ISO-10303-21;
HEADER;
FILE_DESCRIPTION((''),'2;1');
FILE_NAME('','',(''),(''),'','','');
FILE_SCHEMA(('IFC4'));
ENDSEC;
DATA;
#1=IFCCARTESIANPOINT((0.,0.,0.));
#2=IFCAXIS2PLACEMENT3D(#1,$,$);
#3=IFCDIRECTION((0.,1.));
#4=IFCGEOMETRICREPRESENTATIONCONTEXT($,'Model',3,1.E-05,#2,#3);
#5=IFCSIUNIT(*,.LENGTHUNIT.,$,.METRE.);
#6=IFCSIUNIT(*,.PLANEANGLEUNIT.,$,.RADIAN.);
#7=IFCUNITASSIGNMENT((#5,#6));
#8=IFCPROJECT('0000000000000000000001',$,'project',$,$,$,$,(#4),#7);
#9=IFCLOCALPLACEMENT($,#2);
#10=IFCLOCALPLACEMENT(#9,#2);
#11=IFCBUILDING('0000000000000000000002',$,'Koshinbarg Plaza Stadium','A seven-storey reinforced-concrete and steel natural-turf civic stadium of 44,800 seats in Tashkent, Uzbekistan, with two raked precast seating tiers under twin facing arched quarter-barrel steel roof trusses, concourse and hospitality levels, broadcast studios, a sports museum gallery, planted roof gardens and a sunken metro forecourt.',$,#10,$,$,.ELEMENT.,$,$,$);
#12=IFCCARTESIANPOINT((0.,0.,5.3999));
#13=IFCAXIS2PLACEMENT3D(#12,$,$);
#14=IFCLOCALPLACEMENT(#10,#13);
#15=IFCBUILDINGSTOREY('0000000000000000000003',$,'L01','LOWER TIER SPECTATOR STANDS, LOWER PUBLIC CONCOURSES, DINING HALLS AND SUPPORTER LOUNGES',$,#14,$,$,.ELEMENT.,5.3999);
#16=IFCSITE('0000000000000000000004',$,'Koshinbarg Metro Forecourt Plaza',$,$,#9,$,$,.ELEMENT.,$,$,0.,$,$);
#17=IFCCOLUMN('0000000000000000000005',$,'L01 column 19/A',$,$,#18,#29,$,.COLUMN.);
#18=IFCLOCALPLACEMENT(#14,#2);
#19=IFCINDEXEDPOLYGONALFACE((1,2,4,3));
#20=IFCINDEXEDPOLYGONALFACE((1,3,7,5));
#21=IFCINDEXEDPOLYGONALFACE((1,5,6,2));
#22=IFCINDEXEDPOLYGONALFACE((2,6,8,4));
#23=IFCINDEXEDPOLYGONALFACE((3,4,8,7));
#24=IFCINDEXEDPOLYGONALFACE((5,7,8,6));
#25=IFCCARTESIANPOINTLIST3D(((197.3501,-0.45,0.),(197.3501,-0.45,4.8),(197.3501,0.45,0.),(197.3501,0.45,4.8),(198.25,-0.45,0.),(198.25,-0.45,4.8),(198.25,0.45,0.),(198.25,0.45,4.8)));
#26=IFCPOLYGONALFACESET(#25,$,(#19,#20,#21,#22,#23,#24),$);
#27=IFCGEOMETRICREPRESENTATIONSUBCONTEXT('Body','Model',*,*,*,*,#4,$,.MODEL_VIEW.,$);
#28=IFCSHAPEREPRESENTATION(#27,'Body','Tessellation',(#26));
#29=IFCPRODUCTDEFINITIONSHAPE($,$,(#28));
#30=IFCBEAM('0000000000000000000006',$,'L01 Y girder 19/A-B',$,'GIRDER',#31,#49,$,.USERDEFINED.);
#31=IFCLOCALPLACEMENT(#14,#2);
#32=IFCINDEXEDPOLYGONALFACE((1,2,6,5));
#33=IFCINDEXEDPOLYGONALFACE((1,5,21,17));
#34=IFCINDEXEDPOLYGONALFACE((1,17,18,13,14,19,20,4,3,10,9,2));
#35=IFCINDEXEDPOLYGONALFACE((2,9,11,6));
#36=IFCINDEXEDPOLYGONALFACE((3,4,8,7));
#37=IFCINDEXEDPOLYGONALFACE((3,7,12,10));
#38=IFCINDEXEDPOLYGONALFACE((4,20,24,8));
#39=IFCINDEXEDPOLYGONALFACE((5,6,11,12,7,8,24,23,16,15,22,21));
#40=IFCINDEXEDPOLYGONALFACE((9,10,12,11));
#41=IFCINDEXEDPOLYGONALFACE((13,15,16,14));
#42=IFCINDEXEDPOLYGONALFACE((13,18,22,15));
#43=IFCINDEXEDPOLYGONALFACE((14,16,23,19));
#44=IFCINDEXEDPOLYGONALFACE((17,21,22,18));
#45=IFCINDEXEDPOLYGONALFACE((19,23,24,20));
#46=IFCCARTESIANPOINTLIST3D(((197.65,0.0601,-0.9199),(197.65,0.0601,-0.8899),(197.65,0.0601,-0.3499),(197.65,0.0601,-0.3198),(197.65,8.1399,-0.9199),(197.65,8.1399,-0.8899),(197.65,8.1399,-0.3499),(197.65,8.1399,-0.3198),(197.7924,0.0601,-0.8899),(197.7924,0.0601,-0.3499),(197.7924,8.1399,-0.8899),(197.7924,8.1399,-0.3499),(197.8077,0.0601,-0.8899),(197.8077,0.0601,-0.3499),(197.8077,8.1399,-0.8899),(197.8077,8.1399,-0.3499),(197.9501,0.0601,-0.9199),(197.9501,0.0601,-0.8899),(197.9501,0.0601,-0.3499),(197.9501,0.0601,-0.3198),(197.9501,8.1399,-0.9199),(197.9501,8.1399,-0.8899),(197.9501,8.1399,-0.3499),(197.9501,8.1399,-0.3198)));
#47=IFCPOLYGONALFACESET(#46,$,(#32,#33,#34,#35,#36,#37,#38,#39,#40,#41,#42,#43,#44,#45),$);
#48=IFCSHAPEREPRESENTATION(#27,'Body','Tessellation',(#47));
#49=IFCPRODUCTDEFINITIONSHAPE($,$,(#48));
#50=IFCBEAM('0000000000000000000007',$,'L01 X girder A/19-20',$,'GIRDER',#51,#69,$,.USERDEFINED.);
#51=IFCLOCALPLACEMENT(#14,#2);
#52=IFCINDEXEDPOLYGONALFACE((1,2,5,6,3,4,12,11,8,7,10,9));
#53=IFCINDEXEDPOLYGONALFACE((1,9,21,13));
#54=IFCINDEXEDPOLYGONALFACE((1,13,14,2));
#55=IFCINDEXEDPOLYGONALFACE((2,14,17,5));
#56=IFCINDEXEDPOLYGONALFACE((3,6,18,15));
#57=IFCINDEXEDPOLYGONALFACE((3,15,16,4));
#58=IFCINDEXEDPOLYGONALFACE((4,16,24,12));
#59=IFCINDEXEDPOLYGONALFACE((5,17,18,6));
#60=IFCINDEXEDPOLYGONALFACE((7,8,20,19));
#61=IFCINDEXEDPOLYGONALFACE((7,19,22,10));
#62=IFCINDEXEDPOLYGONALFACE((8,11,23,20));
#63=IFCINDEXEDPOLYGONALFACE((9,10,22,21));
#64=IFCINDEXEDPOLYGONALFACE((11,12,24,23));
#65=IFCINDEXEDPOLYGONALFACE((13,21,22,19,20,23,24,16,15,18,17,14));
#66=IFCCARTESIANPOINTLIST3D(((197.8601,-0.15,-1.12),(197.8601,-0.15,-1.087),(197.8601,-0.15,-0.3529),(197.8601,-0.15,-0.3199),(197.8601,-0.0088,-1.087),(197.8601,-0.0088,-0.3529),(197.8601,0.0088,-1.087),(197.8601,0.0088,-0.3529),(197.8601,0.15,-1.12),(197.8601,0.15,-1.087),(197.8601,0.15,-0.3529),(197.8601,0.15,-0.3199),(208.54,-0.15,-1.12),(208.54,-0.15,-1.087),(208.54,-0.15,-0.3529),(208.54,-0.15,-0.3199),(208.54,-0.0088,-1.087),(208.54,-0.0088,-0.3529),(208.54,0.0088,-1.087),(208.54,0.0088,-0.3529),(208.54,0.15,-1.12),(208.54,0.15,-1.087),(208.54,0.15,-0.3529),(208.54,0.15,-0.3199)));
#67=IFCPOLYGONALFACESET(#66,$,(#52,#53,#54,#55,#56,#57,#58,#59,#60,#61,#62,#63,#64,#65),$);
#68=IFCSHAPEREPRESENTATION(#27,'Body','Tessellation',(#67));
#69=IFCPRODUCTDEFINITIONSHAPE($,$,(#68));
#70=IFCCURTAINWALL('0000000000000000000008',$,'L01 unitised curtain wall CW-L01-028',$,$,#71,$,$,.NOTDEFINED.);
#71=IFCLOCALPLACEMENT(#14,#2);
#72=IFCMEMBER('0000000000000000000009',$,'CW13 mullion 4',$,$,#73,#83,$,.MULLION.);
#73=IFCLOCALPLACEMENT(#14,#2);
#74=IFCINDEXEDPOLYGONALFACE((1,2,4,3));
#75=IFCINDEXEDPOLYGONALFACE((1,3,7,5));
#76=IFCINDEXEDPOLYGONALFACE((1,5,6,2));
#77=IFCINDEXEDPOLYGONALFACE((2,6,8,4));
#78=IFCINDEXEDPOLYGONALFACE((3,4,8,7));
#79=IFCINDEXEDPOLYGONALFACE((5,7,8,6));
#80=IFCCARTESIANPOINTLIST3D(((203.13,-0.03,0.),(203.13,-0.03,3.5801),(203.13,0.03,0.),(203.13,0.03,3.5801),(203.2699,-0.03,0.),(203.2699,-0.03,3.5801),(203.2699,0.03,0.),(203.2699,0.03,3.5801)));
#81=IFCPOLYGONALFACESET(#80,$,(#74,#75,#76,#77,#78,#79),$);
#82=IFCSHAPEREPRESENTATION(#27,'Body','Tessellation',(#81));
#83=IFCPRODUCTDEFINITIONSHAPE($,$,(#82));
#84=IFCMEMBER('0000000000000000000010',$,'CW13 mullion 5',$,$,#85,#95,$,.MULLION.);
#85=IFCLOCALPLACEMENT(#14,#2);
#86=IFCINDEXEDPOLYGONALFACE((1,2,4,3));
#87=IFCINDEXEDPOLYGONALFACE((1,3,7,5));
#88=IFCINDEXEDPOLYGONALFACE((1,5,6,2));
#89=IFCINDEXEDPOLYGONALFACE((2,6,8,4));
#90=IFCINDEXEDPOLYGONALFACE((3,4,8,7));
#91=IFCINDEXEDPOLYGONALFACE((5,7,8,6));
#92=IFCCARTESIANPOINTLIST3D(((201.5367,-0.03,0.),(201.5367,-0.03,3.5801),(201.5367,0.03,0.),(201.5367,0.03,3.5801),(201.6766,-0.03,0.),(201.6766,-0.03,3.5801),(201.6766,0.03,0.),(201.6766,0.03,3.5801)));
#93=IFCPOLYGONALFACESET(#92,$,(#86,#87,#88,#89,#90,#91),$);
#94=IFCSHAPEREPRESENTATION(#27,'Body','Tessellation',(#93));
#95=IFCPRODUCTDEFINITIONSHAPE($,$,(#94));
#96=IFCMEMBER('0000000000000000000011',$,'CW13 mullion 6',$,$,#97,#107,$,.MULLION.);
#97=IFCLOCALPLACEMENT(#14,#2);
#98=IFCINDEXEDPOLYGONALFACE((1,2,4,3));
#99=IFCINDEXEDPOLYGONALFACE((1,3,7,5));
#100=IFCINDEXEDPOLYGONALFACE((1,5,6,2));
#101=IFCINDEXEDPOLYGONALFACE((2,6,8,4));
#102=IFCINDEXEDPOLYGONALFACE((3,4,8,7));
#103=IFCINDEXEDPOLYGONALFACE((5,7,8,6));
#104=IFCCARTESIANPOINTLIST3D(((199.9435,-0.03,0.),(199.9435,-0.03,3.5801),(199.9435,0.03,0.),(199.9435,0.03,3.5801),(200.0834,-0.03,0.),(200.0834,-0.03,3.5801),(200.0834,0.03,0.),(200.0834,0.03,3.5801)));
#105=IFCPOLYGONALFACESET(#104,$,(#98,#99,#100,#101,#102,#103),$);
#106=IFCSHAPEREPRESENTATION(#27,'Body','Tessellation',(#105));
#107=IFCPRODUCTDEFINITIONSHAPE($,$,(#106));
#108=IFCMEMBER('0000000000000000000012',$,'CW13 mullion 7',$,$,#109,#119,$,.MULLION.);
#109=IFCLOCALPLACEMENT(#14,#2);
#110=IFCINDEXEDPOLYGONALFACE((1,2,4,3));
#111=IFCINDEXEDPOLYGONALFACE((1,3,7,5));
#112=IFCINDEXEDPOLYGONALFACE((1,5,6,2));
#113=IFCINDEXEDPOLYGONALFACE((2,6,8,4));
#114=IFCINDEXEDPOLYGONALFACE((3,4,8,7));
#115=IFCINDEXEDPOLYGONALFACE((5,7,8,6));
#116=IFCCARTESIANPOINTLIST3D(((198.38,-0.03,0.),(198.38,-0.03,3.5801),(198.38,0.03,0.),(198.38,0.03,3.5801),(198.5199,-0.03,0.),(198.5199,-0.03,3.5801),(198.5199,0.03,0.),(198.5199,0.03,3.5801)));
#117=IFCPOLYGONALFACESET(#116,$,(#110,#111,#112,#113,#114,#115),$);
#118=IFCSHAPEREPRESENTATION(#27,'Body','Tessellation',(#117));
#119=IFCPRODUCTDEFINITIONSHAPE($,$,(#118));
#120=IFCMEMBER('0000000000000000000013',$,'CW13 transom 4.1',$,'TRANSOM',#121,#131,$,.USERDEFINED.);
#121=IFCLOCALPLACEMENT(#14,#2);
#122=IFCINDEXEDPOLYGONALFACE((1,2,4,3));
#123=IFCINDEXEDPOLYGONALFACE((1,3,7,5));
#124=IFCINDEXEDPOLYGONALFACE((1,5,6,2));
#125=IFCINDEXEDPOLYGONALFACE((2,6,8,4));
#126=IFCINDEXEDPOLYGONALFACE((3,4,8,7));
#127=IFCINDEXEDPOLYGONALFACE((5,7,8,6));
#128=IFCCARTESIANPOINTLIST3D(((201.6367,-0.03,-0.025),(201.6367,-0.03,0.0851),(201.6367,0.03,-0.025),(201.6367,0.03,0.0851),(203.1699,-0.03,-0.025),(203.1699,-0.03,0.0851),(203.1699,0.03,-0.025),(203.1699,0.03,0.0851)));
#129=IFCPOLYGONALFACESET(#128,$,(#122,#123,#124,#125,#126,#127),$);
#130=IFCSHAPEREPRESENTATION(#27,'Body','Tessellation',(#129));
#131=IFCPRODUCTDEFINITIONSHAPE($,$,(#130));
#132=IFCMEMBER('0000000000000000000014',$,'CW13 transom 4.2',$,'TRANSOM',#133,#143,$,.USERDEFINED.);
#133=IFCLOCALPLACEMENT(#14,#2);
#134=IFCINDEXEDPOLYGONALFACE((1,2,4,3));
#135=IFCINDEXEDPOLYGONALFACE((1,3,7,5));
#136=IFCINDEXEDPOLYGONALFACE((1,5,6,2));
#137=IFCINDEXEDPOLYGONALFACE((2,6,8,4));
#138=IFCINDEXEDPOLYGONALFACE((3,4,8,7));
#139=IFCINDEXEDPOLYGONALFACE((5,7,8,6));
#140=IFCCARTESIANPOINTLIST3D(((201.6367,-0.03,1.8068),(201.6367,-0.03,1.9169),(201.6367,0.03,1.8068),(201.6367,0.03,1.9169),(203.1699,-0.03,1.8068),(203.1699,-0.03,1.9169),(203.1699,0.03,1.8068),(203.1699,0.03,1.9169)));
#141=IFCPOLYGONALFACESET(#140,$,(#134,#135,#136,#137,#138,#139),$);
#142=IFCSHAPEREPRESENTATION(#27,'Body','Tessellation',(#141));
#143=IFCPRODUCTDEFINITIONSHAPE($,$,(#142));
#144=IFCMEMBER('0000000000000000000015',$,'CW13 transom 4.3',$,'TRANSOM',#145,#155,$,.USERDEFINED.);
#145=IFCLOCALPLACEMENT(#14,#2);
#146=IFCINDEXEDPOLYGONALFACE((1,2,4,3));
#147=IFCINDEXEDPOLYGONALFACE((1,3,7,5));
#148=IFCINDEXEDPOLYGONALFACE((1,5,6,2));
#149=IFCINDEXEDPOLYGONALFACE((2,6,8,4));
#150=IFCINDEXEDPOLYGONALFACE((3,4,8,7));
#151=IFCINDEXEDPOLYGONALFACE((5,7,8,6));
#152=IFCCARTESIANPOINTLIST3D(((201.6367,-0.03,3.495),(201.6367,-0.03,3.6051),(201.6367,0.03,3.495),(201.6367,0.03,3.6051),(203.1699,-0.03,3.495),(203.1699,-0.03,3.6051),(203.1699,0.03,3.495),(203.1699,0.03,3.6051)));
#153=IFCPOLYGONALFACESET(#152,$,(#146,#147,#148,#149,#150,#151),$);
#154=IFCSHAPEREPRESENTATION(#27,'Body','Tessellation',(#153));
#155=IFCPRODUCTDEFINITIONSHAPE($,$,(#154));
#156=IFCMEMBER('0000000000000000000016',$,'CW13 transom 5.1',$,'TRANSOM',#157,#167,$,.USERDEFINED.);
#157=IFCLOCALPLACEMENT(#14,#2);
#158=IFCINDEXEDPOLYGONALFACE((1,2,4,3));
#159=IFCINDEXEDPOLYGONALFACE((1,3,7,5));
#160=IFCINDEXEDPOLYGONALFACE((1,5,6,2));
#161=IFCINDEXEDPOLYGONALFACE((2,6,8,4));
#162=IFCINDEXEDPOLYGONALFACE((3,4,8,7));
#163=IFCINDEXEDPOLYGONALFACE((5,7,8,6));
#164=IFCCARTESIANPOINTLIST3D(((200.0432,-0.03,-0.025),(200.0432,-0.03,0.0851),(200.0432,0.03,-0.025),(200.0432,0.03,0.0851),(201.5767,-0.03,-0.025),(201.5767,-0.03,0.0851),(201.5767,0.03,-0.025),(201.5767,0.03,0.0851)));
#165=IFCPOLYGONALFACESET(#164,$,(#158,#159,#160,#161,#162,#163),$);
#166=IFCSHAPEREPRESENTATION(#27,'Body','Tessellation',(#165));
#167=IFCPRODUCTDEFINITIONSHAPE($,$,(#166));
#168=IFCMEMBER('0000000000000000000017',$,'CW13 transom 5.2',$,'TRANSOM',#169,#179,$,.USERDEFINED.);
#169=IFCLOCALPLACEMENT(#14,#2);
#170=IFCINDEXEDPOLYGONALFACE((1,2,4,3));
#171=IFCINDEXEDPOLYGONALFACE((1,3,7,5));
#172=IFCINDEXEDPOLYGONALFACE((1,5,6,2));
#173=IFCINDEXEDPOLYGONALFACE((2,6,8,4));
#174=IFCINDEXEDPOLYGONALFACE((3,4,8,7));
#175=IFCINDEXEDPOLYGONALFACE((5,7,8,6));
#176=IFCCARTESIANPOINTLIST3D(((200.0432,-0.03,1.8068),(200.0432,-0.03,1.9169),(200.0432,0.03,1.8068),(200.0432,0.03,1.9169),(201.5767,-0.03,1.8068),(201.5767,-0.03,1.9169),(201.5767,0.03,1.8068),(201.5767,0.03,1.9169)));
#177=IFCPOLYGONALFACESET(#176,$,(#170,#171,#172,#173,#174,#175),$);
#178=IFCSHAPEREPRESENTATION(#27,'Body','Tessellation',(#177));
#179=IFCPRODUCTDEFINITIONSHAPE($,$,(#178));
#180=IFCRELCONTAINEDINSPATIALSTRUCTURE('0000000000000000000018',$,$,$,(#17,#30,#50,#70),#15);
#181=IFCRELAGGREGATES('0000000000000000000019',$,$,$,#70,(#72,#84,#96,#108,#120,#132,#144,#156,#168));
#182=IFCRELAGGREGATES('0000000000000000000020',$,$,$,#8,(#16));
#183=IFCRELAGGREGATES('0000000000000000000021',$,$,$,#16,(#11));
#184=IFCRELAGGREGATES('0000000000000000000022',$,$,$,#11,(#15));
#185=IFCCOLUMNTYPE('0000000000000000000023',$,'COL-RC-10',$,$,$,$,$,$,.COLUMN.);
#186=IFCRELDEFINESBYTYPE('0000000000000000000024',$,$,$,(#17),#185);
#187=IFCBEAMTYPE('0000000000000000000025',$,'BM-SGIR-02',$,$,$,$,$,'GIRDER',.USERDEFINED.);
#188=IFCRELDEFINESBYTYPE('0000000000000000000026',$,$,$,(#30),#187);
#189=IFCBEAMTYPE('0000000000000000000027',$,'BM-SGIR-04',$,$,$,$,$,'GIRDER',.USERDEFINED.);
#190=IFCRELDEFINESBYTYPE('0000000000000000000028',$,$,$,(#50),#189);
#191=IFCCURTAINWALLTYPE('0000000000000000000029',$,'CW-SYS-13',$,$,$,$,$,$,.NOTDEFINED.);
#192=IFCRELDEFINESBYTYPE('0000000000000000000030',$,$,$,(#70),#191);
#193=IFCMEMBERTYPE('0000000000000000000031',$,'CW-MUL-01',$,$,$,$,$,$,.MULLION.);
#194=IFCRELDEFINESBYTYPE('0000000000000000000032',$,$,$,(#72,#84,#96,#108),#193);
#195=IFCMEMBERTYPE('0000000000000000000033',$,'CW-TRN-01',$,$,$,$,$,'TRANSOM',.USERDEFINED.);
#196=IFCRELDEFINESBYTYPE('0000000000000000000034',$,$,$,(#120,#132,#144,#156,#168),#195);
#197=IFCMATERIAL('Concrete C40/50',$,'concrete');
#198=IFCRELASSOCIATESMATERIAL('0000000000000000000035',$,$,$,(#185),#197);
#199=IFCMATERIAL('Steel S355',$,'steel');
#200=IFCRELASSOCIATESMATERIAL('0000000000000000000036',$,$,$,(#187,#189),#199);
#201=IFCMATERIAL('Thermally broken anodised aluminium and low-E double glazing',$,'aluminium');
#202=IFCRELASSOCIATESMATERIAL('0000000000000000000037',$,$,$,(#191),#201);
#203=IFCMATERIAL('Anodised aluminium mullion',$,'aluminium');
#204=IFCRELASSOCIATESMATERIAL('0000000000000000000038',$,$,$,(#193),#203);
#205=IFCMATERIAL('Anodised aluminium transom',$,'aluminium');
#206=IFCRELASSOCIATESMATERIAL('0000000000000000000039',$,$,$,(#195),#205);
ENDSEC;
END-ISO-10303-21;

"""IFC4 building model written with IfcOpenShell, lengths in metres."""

from ifc_helpers import new_model, si_unit, direction, frame, origin, origin_2d, place, context, subcontext, project, spatial, rectangle, i_section, extrude, material, material_profile, profile_set, type_object, element, aggregate, save


model = new_model("IFC4")

# Units and contexts
model_context = context("Model", 3, precision=1e-05, world=origin(), true_north=direction((0.0, 1.0)))
body_context = subcontext(model_context, "Body", "Model", "MODEL_VIEW")
ifc_project = project(units=[si_unit("LENGTHUNIT", "METRE"), si_unit("PLANEANGLEUNIT", "RADIAN")], contexts=[model_context])

# Site, building, storey
site_placement = place(None, origin())
site = spatial("IfcSite", under=ifc_project, at=site_placement, Name="Koshinbarg Metro Forecourt Plaza", CompositionType="ELEMENT", RefElevation=0.0)
building_placement = place(site_placement, origin())
building = spatial("IfcBuilding", under=site, at=building_placement, Name="Koshinbarg Plaza Stadium", Description="A seven-storey reinforced-concrete and steel natural-turf civic stadium of 44,800 seats in Tashkent, Uzbekistan, with two raked precast seating tiers under twin facing arched quarter-barrel steel roof trusses, concourse and hospitality levels, broadcast studios, a sports museum gallery, planted roof gardens and a sunken metro forecourt.", CompositionType="ELEMENT")
storey_placement = place(building_placement, frame((0.0, 0.0, 5.3999)))
storey = spatial("IfcBuildingStorey", under=building, at=storey_placement, Name="L01", Description="LOWER TIER SPECTATOR STANDS, LOWER PUBLIC CONCOURSES, DINING HALLS AND SUPPORTER LOUNGES", CompositionType="ELEMENT", Elevation=5.3999)

# Column
ifc_material_1 = material(Name="Concrete C40/50", Category="concrete")
ifc_material_profile_1 = material_profile(ifc_material_1, rectangle(XDim=0.8999, YDim=0.8999, at=origin_2d()), Name="RC 900x900")
ifc_profile_set_1 = profile_set([ifc_material_profile_1], Name="Concrete C40/50")
column_type = type_object("IfcColumnType", Name="COL-RC-10", PredefinedType="COLUMN", material=ifc_profile_set_1)
column_placement = place(storey_placement, frame((197.8, 0.0, 0.0), z_axis=(0.0, 0.0, 1.0), x_axis=(1.0, 0.0, 0.0)))
element("IfcColumn", 1, at=column_placement, inside=storey, type_object=column_type, Name="L01 column 19/A", PredefinedType="COLUMN", context=body_context, shape_type="SweptSolid", body=[
    extrude(rectangle(XDim=0.8999, YDim=0.8999, at=origin_2d()), origin(), (0.0, 0.0, 1.0), 4.8),
])

# Beams
ifc_material_2 = material(Name="Steel S355", Category="steel")
ifc_material_profile_2 = material_profile(ifc_material_2, i_section(OverallWidth=0.3, OverallDepth=0.6001, WebThickness=0.0154, FlangeThickness=0.03, at=origin_2d()), Name="HEB 600")
ifc_profile_set_2 = profile_set([ifc_material_profile_2], Name="Steel S355")
beam_type_1 = type_object("IfcBeamType", Name="BM-SGIR-02", ElementType="GIRDER", PredefinedType="USERDEFINED", material=ifc_profile_set_2)
beam_1_placement = place(storey_placement, frame((197.8, 0.0601, -0.6199), z_axis=(0.0, 1.0, 0.0), x_axis=(-1.0, 0.0, 0.0)))
element("IfcBeam", 2, at=beam_1_placement, inside=storey, type_object=beam_type_1, Name="L01 Y girder 19/A-B", ObjectType="GIRDER", PredefinedType="USERDEFINED", context=body_context, shape_type="SweptSolid", body=[
    extrude(i_section(OverallWidth=0.3, OverallDepth=0.6001, WebThickness=0.0154, FlangeThickness=0.03, at=origin_2d()), origin(), (0.0, 0.0, 1.0), 8.0798),
])
ifc_material_profile_3 = material_profile(ifc_material_2, i_section(OverallWidth=0.3, OverallDepth=0.8, WebThickness=0.0176, FlangeThickness=0.033, at=origin_2d()), Name="HEB 800")
ifc_profile_set_3 = profile_set([ifc_material_profile_3], Name="Steel S355")
beam_type_2 = type_object("IfcBeamType", Name="BM-SGIR-04", ElementType="GIRDER", PredefinedType="USERDEFINED", material=ifc_profile_set_3)
beam_2_placement = place(storey_placement, frame((197.8601, 0.0, -0.72), z_axis=(1.0, 0.0, 0.0), x_axis=(0.0, 1.0, 0.0)))
element("IfcBeam", 3, at=beam_2_placement, inside=storey, type_object=beam_type_2, Name="L01 X girder A/19-20", ObjectType="GIRDER", PredefinedType="USERDEFINED", context=body_context, shape_type="SweptSolid", body=[
    extrude(i_section(OverallWidth=0.3, OverallDepth=0.8, WebThickness=0.0176, FlangeThickness=0.033, at=origin_2d()), origin(), (0.0, 0.0, 1.0), 10.6799),
])

# Curtain wall, members
ifc_material_3 = material(Name="Thermally broken anodised aluminium and low-E double glazing", Category="aluminium")
curtain_wall_type = type_object("IfcCurtainWallType", Name="CW-SYS-13", PredefinedType="NOTDEFINED", material=ifc_material_3)
curtain_wall_placement = place(storey_placement, origin())
curtain_wall = element("IfcCurtainWall", 4, at=curtain_wall_placement, inside=storey, type_object=curtain_wall_type, Name="L01 unitised curtain wall CW-L01-028", PredefinedType="NOTDEFINED")
ifc_material_4 = material(Name="Anodised aluminium mullion", Category="aluminium")
ifc_material_profile_4 = material_profile(ifc_material_4, rectangle(XDim=0.0601, YDim=0.1399, at=origin_2d()), Name="ALU 60x140")
ifc_profile_set_4 = profile_set([ifc_material_profile_4], Name="Anodised aluminium mullion")
member_type_1 = type_object("IfcMemberType", Name="CW-MUL-01", PredefinedType="MULLION", material=ifc_profile_set_4)
member_1_placement = place(storey_placement, frame((203.2, 0.0, 0.0), z_axis=(0.0, 0.0, 1.0), x_axis=(0.0, -1.0, 0.0)))
member_1 = element("IfcMember", 5, at=member_1_placement, type_object=member_type_1, Name="CW13 mullion 4", PredefinedType="MULLION", context=body_context, shape_type="SweptSolid", body=[
    extrude(rectangle(XDim=0.0601, YDim=0.1399, at=origin_2d()), origin(), (0.0, 0.0, 1.0), 3.5801),
])
member_2_placement = place(storey_placement, frame((201.6067, 0.0, 0.0), z_axis=(0.0, 0.0, 1.0), x_axis=(0.0, -1.0, 0.0)))
member_2 = element("IfcMember", 6, at=member_2_placement, type_object=member_type_1, Name="CW13 mullion 5", PredefinedType="MULLION", context=body_context, shape_type="SweptSolid", body=[
    extrude(rectangle(XDim=0.0601, YDim=0.1399, at=origin_2d()), origin(), (0.0, 0.0, 1.0), 3.5801),
])
member_3_placement = place(storey_placement, frame((200.0134, 0.0, 0.0), z_axis=(0.0, 0.0, 1.0), x_axis=(0.0, -1.0, 0.0)))
member_3 = element("IfcMember", 7, at=member_3_placement, type_object=member_type_1, Name="CW13 mullion 6", PredefinedType="MULLION", context=body_context, shape_type="SweptSolid", body=[
    extrude(rectangle(XDim=0.0601, YDim=0.1399, at=origin_2d()), origin(), (0.0, 0.0, 1.0), 3.5801),
])
member_4_placement = place(storey_placement, frame((198.45, 0.0, 0.0), z_axis=(0.0, 0.0, 1.0), x_axis=(0.0, -1.0, 0.0)))
member_4 = element("IfcMember", 8, at=member_4_placement, type_object=member_type_1, Name="CW13 mullion 7", PredefinedType="MULLION", context=body_context, shape_type="SweptSolid", body=[
    extrude(rectangle(XDim=0.0601, YDim=0.1399, at=origin_2d()), origin(), (0.0, 0.0, 1.0), 3.5801),
])
ifc_material_5 = material(Name="Anodised aluminium transom", Category="aluminium")
ifc_material_profile_5 = material_profile(ifc_material_5, rectangle(XDim=0.0601, YDim=0.1101, at=origin_2d()), Name="ALU 60x110")
ifc_profile_set_5 = profile_set([ifc_material_profile_5], Name="Anodised aluminium transom")
member_type_2 = type_object("IfcMemberType", Name="CW-TRN-01", ElementType="TRANSOM", PredefinedType="USERDEFINED", material=ifc_profile_set_5)
member_5_placement = place(storey_placement, frame((203.1699, 0.0, 0.03), z_axis=(-1.0, 0.0, 0.0), x_axis=(0.0, -1.0, 0.0)))
member_5 = element("IfcMember", 9, at=member_5_placement, type_object=member_type_2, Name="CW13 transom 4.1", ObjectType="TRANSOM", PredefinedType="USERDEFINED", context=body_context, shape_type="SweptSolid", body=[
    extrude(rectangle(XDim=0.0601, YDim=0.1101, at=origin_2d()), origin(), (0.0, 0.0, 1.0), 1.5332),
])
member_6_placement = place(storey_placement, frame((203.1699, 0.0, 1.8618), z_axis=(-1.0, 0.0, 0.0), x_axis=(0.0, -1.0, 0.0)))
member_6 = element("IfcMember", 10, at=member_6_placement, type_object=member_type_2, Name="CW13 transom 4.2", ObjectType="TRANSOM", PredefinedType="USERDEFINED", context=body_context, shape_type="SweptSolid", body=[
    extrude(rectangle(XDim=0.0601, YDim=0.1101, at=origin_2d()), origin(), (0.0, 0.0, 1.0), 1.5332),
])
member_7_placement = place(storey_placement, frame((203.1699, 0.0, 3.55), z_axis=(-1.0, 0.0, 0.0), x_axis=(0.0, -1.0, 0.0)))
member_7 = element("IfcMember", 11, at=member_7_placement, type_object=member_type_2, Name="CW13 transom 4.3", ObjectType="TRANSOM", PredefinedType="USERDEFINED", context=body_context, shape_type="SweptSolid", body=[
    extrude(rectangle(XDim=0.0601, YDim=0.1101, at=origin_2d()), origin(), (0.0, 0.0, 1.0), 1.5332),
])
member_8_placement = place(storey_placement, frame((201.5767, 0.0, 0.03), z_axis=(-1.0, 0.0, 0.0), x_axis=(0.0, -1.0, 0.0)))
member_8 = element("IfcMember", 12, at=member_8_placement, type_object=member_type_2, Name="CW13 transom 5.1", ObjectType="TRANSOM", PredefinedType="USERDEFINED", context=body_context, shape_type="SweptSolid", body=[
    extrude(rectangle(XDim=0.0601, YDim=0.1101, at=origin_2d()), origin(), (0.0, 0.0, 1.0), 1.5334),
])
member_9_placement = place(storey_placement, frame((201.5767, 0.0, 1.8618), z_axis=(-1.0, 0.0, 0.0), x_axis=(0.0, -1.0, 0.0)))
member_9 = element("IfcMember", 13, at=member_9_placement, type_object=member_type_2, Name="CW13 transom 5.2", ObjectType="TRANSOM", PredefinedType="USERDEFINED", context=body_context, shape_type="SweptSolid", body=[
    extrude(rectangle(XDim=0.0601, YDim=0.1101, at=origin_2d()), origin(), (0.0, 0.0, 1.0), 1.5334),
])
aggregate(curtain_wall, [member_1, member_2, member_3, member_4, member_5, member_6, member_7, member_8, member_9])

save(model, "model.ifc")
